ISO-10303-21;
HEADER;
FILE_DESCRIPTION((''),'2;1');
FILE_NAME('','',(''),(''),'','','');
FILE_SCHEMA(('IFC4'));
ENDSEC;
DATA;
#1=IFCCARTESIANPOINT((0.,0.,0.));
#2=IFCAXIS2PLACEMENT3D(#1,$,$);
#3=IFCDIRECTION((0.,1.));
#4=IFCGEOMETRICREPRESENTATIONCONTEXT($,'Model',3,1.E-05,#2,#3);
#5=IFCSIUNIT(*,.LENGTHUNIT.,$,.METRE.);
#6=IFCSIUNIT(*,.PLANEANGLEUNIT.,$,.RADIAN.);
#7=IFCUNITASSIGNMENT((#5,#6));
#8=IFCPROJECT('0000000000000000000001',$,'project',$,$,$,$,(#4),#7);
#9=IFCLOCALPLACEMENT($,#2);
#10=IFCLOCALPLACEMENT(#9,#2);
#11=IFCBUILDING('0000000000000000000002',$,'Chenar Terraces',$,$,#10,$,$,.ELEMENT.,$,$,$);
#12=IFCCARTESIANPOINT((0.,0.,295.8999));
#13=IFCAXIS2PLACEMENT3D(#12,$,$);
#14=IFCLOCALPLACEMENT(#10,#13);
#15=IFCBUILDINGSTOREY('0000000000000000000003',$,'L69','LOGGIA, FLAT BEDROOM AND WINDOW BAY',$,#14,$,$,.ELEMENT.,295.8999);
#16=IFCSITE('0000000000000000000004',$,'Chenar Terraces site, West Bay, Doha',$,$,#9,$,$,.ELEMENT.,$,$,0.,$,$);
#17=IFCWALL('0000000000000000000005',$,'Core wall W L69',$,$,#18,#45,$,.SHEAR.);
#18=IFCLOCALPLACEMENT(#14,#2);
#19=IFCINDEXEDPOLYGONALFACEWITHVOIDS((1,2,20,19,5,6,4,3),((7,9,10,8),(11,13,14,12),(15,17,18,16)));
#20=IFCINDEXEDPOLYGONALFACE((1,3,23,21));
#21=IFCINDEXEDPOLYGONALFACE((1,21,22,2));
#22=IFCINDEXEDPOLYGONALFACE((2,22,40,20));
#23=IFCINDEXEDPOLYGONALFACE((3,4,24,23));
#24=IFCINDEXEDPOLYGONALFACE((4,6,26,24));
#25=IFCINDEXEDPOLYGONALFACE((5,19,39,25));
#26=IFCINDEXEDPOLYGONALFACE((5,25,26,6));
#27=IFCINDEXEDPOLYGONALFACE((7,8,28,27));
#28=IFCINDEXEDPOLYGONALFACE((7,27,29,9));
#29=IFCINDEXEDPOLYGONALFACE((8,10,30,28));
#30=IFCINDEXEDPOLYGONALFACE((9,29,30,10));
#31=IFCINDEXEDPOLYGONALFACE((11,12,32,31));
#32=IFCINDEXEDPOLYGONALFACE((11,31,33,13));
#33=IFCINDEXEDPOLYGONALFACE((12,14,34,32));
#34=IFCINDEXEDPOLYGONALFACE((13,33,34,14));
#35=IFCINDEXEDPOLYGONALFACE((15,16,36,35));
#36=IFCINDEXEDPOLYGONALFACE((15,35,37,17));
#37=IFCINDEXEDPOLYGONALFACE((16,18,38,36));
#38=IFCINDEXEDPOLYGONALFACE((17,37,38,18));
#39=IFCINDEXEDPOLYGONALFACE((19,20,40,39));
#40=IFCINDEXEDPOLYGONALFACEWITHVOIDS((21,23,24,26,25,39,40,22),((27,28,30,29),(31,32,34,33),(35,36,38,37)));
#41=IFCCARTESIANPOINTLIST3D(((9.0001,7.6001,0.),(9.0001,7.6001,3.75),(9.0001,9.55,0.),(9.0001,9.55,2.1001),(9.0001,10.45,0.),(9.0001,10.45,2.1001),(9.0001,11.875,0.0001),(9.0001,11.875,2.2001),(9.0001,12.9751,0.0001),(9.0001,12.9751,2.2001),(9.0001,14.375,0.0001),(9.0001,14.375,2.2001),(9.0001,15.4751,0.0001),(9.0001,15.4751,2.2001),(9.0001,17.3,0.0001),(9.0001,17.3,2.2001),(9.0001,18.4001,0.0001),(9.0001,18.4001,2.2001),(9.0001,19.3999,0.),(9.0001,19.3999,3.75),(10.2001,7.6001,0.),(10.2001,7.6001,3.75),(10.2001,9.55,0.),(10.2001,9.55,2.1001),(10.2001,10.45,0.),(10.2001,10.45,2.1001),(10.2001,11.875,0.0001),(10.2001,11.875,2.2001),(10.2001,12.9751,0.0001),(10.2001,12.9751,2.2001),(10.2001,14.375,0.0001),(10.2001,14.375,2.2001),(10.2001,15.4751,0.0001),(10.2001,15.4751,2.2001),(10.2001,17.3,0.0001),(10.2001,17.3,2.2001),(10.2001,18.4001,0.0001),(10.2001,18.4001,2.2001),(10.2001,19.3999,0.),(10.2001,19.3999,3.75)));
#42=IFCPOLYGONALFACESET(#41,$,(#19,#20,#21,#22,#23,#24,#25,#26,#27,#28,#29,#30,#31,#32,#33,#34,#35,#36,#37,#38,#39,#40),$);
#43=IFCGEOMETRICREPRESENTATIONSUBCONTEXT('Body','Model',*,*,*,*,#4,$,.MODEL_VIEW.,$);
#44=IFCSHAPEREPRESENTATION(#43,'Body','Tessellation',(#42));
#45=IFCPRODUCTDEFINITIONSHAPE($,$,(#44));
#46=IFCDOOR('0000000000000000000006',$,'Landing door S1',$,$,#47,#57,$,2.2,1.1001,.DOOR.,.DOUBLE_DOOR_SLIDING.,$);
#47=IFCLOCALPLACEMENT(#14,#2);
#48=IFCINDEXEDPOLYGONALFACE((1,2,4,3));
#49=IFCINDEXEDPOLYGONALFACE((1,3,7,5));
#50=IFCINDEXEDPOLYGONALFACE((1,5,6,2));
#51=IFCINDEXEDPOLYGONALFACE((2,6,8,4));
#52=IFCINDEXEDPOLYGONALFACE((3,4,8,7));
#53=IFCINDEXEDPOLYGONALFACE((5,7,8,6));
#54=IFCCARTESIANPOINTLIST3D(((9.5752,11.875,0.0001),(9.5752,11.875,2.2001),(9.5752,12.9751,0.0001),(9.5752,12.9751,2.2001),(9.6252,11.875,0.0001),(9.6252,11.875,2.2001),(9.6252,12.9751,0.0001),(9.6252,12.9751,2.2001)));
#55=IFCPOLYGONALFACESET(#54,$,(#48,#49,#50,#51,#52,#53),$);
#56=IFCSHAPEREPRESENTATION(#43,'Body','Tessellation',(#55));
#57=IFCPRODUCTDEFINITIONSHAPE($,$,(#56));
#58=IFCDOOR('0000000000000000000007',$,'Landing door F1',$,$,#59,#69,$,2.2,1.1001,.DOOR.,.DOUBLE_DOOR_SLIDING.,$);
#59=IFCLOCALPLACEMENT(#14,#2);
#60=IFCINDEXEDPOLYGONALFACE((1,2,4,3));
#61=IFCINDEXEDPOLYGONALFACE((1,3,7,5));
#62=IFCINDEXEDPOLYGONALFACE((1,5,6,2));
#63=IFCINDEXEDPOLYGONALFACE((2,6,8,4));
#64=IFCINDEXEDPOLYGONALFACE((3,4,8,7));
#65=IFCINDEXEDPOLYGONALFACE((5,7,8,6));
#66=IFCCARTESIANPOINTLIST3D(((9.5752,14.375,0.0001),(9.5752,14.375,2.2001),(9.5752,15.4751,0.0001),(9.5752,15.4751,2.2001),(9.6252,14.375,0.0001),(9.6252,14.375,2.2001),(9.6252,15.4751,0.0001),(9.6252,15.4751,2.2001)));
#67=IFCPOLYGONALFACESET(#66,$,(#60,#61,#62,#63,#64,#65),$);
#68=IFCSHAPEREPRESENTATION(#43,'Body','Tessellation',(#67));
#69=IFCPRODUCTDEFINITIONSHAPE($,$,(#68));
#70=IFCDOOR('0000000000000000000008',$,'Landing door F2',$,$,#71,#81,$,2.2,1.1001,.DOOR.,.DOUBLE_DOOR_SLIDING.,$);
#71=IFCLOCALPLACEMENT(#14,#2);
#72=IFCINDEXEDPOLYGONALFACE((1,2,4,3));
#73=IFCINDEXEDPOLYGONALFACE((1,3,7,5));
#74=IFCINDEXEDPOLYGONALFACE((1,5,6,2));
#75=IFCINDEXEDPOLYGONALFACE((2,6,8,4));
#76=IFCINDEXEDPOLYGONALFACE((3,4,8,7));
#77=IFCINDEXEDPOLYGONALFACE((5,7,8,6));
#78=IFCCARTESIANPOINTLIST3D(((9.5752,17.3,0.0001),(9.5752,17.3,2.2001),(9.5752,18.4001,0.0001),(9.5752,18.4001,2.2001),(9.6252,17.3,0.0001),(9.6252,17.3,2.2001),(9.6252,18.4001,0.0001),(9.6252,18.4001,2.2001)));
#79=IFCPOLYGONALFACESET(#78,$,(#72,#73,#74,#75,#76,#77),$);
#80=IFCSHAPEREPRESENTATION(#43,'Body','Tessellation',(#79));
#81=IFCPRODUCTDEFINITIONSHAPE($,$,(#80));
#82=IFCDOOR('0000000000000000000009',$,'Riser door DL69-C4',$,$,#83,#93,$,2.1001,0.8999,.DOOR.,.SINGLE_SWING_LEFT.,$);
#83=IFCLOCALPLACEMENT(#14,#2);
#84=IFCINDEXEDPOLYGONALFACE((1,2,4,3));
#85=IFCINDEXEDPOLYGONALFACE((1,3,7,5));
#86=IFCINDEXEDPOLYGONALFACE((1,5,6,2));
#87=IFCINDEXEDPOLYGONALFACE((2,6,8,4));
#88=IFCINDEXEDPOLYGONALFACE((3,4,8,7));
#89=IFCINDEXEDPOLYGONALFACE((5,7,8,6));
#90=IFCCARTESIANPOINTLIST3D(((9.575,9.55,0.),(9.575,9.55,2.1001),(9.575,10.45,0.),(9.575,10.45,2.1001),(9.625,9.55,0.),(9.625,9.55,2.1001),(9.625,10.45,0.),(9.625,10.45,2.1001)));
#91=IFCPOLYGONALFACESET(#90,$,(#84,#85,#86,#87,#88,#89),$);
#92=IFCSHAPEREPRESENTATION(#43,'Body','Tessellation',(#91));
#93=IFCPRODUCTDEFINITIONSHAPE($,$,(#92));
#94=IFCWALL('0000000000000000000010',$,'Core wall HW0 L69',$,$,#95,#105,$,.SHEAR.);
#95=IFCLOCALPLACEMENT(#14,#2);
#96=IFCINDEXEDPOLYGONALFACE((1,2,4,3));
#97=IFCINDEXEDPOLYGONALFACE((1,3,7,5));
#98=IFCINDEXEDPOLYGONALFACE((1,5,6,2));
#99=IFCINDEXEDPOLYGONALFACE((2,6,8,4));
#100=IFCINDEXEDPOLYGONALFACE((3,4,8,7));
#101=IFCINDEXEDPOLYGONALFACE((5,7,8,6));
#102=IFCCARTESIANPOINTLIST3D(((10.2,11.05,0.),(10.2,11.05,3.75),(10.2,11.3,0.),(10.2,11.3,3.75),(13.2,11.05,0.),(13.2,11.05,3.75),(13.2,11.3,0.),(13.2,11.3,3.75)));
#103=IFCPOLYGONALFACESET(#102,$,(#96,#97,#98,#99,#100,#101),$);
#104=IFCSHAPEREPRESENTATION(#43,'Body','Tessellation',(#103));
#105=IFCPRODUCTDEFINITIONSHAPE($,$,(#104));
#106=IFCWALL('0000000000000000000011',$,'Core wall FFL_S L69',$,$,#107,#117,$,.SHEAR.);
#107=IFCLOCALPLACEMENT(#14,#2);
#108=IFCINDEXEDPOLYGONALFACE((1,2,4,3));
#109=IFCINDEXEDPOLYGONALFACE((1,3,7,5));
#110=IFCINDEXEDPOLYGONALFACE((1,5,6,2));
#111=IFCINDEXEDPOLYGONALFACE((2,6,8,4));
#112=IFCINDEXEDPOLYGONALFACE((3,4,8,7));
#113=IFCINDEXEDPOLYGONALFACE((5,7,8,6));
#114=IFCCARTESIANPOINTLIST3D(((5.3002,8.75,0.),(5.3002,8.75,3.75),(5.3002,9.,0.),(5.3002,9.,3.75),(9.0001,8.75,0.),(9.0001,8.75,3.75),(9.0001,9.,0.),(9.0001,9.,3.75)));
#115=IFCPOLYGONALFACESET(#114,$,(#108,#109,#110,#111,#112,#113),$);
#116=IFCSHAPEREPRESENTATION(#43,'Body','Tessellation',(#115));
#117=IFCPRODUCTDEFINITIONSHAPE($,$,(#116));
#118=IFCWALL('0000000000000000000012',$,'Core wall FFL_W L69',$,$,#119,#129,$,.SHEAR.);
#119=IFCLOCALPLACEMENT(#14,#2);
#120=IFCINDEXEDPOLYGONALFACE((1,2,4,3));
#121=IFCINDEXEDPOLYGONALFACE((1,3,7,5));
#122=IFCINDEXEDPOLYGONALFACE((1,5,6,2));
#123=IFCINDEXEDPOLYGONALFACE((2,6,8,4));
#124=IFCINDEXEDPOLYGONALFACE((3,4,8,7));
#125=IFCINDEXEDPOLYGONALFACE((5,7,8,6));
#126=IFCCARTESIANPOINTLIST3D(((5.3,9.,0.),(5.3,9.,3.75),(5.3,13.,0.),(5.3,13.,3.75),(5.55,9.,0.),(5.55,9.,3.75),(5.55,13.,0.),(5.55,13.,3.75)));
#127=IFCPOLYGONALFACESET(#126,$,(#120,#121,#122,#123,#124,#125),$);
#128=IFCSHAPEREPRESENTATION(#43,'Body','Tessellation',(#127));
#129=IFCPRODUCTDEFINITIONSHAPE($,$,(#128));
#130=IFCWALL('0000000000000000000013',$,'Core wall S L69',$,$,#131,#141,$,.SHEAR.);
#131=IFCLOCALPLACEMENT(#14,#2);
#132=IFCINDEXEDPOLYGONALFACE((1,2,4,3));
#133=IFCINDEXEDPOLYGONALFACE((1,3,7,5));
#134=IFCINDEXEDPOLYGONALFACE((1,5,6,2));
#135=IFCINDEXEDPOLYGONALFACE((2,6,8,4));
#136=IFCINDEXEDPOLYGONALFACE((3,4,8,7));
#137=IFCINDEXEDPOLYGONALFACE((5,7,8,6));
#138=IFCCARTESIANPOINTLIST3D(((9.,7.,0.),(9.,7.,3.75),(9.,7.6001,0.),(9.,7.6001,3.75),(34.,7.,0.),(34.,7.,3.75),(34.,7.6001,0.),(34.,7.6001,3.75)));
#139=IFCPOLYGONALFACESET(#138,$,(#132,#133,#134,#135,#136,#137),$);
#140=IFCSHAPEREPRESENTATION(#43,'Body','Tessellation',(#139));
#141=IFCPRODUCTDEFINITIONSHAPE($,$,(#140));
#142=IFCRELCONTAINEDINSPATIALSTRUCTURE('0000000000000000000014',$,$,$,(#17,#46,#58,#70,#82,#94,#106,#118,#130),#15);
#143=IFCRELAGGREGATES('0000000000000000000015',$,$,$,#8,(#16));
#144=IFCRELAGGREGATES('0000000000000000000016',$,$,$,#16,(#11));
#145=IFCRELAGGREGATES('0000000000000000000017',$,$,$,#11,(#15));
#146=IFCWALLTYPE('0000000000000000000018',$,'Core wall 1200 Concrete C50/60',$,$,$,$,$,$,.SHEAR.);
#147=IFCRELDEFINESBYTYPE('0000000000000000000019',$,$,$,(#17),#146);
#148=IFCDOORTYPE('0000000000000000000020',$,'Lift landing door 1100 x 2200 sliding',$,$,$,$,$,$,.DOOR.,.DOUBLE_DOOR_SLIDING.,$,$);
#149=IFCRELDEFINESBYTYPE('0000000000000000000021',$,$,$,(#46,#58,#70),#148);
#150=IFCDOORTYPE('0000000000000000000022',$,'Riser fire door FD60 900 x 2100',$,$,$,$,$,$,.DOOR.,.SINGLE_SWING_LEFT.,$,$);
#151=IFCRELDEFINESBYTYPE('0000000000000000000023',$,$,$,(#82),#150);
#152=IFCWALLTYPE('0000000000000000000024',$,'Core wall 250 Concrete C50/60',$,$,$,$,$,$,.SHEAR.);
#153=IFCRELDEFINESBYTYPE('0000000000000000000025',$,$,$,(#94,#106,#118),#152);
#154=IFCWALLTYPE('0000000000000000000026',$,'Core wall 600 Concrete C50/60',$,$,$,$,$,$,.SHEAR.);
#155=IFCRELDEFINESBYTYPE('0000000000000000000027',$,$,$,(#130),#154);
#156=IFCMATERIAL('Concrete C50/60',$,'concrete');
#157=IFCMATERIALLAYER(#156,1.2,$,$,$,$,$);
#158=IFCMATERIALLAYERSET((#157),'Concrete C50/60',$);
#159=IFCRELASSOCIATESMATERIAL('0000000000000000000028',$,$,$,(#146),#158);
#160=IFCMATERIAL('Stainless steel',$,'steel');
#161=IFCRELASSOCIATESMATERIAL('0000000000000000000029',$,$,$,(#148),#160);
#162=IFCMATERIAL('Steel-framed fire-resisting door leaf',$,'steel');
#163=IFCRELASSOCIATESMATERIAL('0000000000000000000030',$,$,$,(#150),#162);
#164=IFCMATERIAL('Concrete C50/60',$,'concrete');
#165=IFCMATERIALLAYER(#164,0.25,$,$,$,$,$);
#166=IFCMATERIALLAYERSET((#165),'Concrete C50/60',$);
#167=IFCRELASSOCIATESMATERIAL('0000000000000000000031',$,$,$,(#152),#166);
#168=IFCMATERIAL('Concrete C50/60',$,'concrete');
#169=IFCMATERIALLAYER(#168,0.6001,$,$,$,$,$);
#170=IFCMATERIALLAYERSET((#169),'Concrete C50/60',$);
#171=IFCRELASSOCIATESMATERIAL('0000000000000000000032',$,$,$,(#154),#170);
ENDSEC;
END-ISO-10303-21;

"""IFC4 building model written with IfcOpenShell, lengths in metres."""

from ifc_helpers import new_model, si_unit, direction, frame, frame_2d, origin, place, context, subcontext, project, spatial, rectangle, extrude, material, layer, layer_set, type_object, element, fill, save


model = new_model("IFC4")

# Units and contexts
model_context = context("Model", 3, precision=1e-05, world=origin(), true_north=direction((0.0, 1.0)))
body_context = subcontext(model_context, "Body", "Model", "MODEL_VIEW")
ifc_project = project(units=[si_unit("LENGTHUNIT", "METRE"), si_unit("PLANEANGLEUNIT", "RADIAN")], contexts=[model_context])

# Site, building, storey
site_placement = place(None, origin())
site = spatial("IfcSite", under=ifc_project, at=site_placement, Name="Chenar Terraces site, West Bay, Doha", CompositionType="ELEMENT", RefElevation=0.0)
building_placement = place(site_placement, origin())
building = spatial("IfcBuilding", under=site, at=building_placement, Name="Chenar Terraces", CompositionType="ELEMENT")
storey_placement = place(building_placement, frame((0.0, 0.0, 295.8999)))
storey = spatial("IfcBuildingStorey", under=building, at=storey_placement, Name="L69", Description="LOGGIA, FLAT BEDROOM AND WINDOW BAY", CompositionType="ELEMENT", Elevation=295.8999)

# Wall, openings, doors
ifc_material_1 = material(Name="Concrete C50/60", Category="concrete")
ifc_layer_1 = layer(ifc_material_1, 1.2)
ifc_layer_set_1 = layer_set([ifc_layer_1], Name="Concrete C50/60")
wall_type_1 = type_object("IfcWallType", Name="Core wall 1200 Concrete C50/60", PredefinedType="SHEAR", material=ifc_layer_set_1)
wall_1_placement = place(storey_placement, frame((9.6001, 7.6001, 0.0), z_axis=(0.0, 0.0, 1.0), x_axis=(0.0, 1.0, 0.0)))
wall_1 = element("IfcWall", 1, at=wall_1_placement, inside=storey, type_object=wall_type_1, Name="Core wall W L69", PredefinedType="SHEAR", context=body_context, shape_type="SweptSolid", body=[
    extrude(rectangle(XDim=11.7998, YDim=1.2, at=frame_2d((5.8999, 0.0))), origin(), (0.0, 0.0, 1.0), 3.75),
])
opening_1_placement = place(wall_1_placement, frame((4.2749, 0.0, 0.0)))
opening_1 = element("IfcOpeningElement", 2, at=opening_1_placement, cuts=wall_1, PredefinedType="OPENING", context=body_context, shape_type="SweptSolid", body=[
    extrude(rectangle(XDim=1.1001, YDim=2.2, at=frame_2d((0.55, 1.1001))), frame((0.0, 0.6099, 0.0), z_axis=(0.0, -1.0, 0.0), x_axis=(1.0, 0.0, 0.0)), (0.0, 0.0, 1.0), 1.22),
])
opening_2_placement = place(wall_1_placement, frame((6.7749, 0.0, 0.0)))
opening_2 = element("IfcOpeningElement", 3, at=opening_2_placement, cuts=wall_1, PredefinedType="OPENING", context=body_context, shape_type="SweptSolid", body=[
    extrude(rectangle(XDim=1.1001, YDim=2.2, at=frame_2d((0.55, 1.1001))), frame((0.0, 0.6099, 0.0), z_axis=(0.0, -1.0, 0.0), x_axis=(1.0, 0.0, 0.0)), (0.0, 0.0, 1.0), 1.22),
])
opening_3_placement = place(wall_1_placement, frame((9.7, 0.0, 0.0)))
opening_3 = element("IfcOpeningElement", 4, at=opening_3_placement, cuts=wall_1, PredefinedType="OPENING", context=body_context, shape_type="SweptSolid", body=[
    extrude(rectangle(XDim=1.1001, YDim=2.2, at=frame_2d((0.55, 1.1001))), frame((0.0, 0.6099, 0.0), z_axis=(0.0, -1.0, 0.0), x_axis=(1.0, 0.0, 0.0)), (0.0, 0.0, 1.0), 1.22),
])
opening_4_placement = place(wall_1_placement, frame((1.95, 0.0, 0.0)))
opening_4 = element("IfcOpeningElement", 5, at=opening_4_placement, cuts=wall_1, PredefinedType="OPENING", context=body_context, shape_type="SweptSolid", body=[
    extrude(rectangle(XDim=0.8999, YDim=2.1001, at=frame_2d((0.45, 1.05))), frame((0.0, 0.6099, 0.0), z_axis=(0.0, -1.0, 0.0), x_axis=(1.0, 0.0, 0.0)), (0.0, 0.0, 1.0), 1.22),
])
ifc_material_2 = material(Name="Stainless steel", Category="steel")
door_type_1 = type_object("IfcDoorType", Name="Lift landing door 1100 x 2200 sliding", OperationType="DOUBLE_DOOR_SLIDING", PredefinedType="DOOR", material=ifc_material_2)
door_1_placement = place(opening_1_placement, origin())
door_1 = element("IfcDoor", 6, at=door_1_placement, inside=storey, type_object=door_type_1, Name="Landing door S1", OperationType="DOUBLE_DOOR_SLIDING", OverallHeight=2.2, OverallWidth=1.1001, PredefinedType="DOOR", context=body_context, shape_type="SweptSolid", body=[
    extrude(rectangle(XDim=1.1001, YDim=2.2, at=frame_2d((0.55, 1.1001))), frame((0.0, 0.0249, 0.0), z_axis=(0.0, -1.0, 0.0), x_axis=(1.0, 0.0, 0.0)), (0.0, 0.0, 1.0), 0.05),
])
fill(opening_1, door_1)
door_2_placement = place(opening_2_placement, origin())
door_2 = element("IfcDoor", 7, at=door_2_placement, inside=storey, type_object=door_type_1, Name="Landing door F1", OperationType="DOUBLE_DOOR_SLIDING", OverallHeight=2.2, OverallWidth=1.1001, PredefinedType="DOOR", context=body_context, shape_type="SweptSolid", body=[
    extrude(rectangle(XDim=1.1001, YDim=2.2, at=frame_2d((0.55, 1.1001))), frame((0.0, 0.0249, 0.0), z_axis=(0.0, -1.0, 0.0), x_axis=(1.0, 0.0, 0.0)), (0.0, 0.0, 1.0), 0.05),
])
fill(opening_2, door_2)
door_3_placement = place(opening_3_placement, origin())
door_3 = element("IfcDoor", 8, at=door_3_placement, inside=storey, type_object=door_type_1, Name="Landing door F2", OperationType="DOUBLE_DOOR_SLIDING", OverallHeight=2.2, OverallWidth=1.1001, PredefinedType="DOOR", context=body_context, shape_type="SweptSolid", body=[
    extrude(rectangle(XDim=1.1001, YDim=2.2, at=frame_2d((0.55, 1.1001))), frame((0.0, 0.0249, 0.0), z_axis=(0.0, -1.0, 0.0), x_axis=(1.0, 0.0, 0.0)), (0.0, 0.0, 1.0), 0.05),
])
fill(opening_3, door_3)
ifc_material_3 = material(Name="Steel-framed fire-resisting door leaf", Category="steel")
door_type_2 = type_object("IfcDoorType", Name="Riser fire door FD60 900 x 2100", OperationType="SINGLE_SWING_LEFT", PredefinedType="DOOR", material=ifc_material_3)
door_4_placement = place(opening_4_placement, frame((0.8999, 0.0, 0.0), z_axis=(0.0, 0.0, 1.0), x_axis=(-1.0, 0.0, 0.0)))
door_4 = element("IfcDoor", 9, at=door_4_placement, inside=storey, type_object=door_type_2, Name="Riser door DL69-C4", OperationType="SINGLE_SWING_LEFT", OverallHeight=2.1001, OverallWidth=0.8999, PredefinedType="DOOR", context=body_context, shape_type="SweptSolid", body=[
    extrude(rectangle(XDim=0.8999, YDim=2.1001, at=frame_2d((0.45, 1.05))), frame((0.0, 0.0249, 0.0), z_axis=(0.0, -1.0, 0.0), x_axis=(1.0, 0.0, 0.0)), (0.0, 0.0, 1.0), 0.05),
])
fill(opening_4, door_4)

# Walls
ifc_material_4 = material(Name="Concrete C50/60", Category="concrete")
ifc_layer_2 = layer(ifc_material_4, 0.25)
ifc_layer_set_2 = layer_set([ifc_layer_2], Name="Concrete C50/60")
wall_type_2 = type_object("IfcWallType", Name="Core wall 250 Concrete C50/60", PredefinedType="SHEAR", material=ifc_layer_set_2)
wall_2_placement = place(storey_placement, frame((10.2, 11.175, 0.0), z_axis=(0.0, 0.0, 1.0), x_axis=(1.0, 0.0, 0.0)))
element("IfcWall", 10, at=wall_2_placement, inside=storey, type_object=wall_type_2, Name="Core wall HW0 L69", PredefinedType="SHEAR", context=body_context, shape_type="SweptSolid", body=[
    extrude(rectangle(XDim=3.0, YDim=0.25, at=frame_2d((1.5, 0.0))), origin(), (0.0, 0.0, 1.0), 3.75),
])
wall_3_placement = place(storey_placement, frame((5.3, 8.875, 0.0), z_axis=(0.0, 0.0, 1.0), x_axis=(1.0, 0.0, 0.0)))
element("IfcWall", 11, at=wall_3_placement, inside=storey, type_object=wall_type_2, Name="Core wall FFL_S L69", PredefinedType="SHEAR", context=body_context, shape_type="SweptSolid", body=[
    extrude(rectangle(XDim=3.7, YDim=0.25, at=frame_2d((1.8501, 0.0))), origin(), (0.0, 0.0, 1.0), 3.75),
])
wall_4_placement = place(storey_placement, frame((5.425, 9.0, 0.0), z_axis=(0.0, 0.0, 1.0), x_axis=(0.0, 1.0, 0.0)))
element("IfcWall", 12, at=wall_4_placement, inside=storey, type_object=wall_type_2, Name="Core wall FFL_W L69", PredefinedType="SHEAR", context=body_context, shape_type="SweptSolid", body=[
    extrude(rectangle(XDim=4.0, YDim=0.25, at=frame_2d((2.0, 0.0))), origin(), (0.0, 0.0, 1.0), 3.75),
])
ifc_material_5 = material(Name="Concrete C50/60", Category="concrete")
ifc_layer_3 = layer(ifc_material_5, 0.6001)
ifc_layer_set_3 = layer_set([ifc_layer_3], Name="Concrete C50/60")
wall_type_3 = type_object("IfcWallType", Name="Core wall 600 Concrete C50/60", PredefinedType="SHEAR", material=ifc_layer_set_3)
wall_5_placement = place(storey_placement, frame((9.0, 7.3, 0.0), z_axis=(0.0, 0.0, 1.0), x_axis=(1.0, 0.0, 0.0)))
element("IfcWall", 13, at=wall_5_placement, inside=storey, type_object=wall_type_3, Name="Core wall S L69", PredefinedType="SHEAR", context=body_context, shape_type="SweptSolid", body=[
    extrude(rectangle(XDim=25.0, YDim=0.6001, at=frame_2d((12.5, 0.0))), origin(), (0.0, 0.0, 1.0), 3.75),
])

save(model, "model.ifc")
